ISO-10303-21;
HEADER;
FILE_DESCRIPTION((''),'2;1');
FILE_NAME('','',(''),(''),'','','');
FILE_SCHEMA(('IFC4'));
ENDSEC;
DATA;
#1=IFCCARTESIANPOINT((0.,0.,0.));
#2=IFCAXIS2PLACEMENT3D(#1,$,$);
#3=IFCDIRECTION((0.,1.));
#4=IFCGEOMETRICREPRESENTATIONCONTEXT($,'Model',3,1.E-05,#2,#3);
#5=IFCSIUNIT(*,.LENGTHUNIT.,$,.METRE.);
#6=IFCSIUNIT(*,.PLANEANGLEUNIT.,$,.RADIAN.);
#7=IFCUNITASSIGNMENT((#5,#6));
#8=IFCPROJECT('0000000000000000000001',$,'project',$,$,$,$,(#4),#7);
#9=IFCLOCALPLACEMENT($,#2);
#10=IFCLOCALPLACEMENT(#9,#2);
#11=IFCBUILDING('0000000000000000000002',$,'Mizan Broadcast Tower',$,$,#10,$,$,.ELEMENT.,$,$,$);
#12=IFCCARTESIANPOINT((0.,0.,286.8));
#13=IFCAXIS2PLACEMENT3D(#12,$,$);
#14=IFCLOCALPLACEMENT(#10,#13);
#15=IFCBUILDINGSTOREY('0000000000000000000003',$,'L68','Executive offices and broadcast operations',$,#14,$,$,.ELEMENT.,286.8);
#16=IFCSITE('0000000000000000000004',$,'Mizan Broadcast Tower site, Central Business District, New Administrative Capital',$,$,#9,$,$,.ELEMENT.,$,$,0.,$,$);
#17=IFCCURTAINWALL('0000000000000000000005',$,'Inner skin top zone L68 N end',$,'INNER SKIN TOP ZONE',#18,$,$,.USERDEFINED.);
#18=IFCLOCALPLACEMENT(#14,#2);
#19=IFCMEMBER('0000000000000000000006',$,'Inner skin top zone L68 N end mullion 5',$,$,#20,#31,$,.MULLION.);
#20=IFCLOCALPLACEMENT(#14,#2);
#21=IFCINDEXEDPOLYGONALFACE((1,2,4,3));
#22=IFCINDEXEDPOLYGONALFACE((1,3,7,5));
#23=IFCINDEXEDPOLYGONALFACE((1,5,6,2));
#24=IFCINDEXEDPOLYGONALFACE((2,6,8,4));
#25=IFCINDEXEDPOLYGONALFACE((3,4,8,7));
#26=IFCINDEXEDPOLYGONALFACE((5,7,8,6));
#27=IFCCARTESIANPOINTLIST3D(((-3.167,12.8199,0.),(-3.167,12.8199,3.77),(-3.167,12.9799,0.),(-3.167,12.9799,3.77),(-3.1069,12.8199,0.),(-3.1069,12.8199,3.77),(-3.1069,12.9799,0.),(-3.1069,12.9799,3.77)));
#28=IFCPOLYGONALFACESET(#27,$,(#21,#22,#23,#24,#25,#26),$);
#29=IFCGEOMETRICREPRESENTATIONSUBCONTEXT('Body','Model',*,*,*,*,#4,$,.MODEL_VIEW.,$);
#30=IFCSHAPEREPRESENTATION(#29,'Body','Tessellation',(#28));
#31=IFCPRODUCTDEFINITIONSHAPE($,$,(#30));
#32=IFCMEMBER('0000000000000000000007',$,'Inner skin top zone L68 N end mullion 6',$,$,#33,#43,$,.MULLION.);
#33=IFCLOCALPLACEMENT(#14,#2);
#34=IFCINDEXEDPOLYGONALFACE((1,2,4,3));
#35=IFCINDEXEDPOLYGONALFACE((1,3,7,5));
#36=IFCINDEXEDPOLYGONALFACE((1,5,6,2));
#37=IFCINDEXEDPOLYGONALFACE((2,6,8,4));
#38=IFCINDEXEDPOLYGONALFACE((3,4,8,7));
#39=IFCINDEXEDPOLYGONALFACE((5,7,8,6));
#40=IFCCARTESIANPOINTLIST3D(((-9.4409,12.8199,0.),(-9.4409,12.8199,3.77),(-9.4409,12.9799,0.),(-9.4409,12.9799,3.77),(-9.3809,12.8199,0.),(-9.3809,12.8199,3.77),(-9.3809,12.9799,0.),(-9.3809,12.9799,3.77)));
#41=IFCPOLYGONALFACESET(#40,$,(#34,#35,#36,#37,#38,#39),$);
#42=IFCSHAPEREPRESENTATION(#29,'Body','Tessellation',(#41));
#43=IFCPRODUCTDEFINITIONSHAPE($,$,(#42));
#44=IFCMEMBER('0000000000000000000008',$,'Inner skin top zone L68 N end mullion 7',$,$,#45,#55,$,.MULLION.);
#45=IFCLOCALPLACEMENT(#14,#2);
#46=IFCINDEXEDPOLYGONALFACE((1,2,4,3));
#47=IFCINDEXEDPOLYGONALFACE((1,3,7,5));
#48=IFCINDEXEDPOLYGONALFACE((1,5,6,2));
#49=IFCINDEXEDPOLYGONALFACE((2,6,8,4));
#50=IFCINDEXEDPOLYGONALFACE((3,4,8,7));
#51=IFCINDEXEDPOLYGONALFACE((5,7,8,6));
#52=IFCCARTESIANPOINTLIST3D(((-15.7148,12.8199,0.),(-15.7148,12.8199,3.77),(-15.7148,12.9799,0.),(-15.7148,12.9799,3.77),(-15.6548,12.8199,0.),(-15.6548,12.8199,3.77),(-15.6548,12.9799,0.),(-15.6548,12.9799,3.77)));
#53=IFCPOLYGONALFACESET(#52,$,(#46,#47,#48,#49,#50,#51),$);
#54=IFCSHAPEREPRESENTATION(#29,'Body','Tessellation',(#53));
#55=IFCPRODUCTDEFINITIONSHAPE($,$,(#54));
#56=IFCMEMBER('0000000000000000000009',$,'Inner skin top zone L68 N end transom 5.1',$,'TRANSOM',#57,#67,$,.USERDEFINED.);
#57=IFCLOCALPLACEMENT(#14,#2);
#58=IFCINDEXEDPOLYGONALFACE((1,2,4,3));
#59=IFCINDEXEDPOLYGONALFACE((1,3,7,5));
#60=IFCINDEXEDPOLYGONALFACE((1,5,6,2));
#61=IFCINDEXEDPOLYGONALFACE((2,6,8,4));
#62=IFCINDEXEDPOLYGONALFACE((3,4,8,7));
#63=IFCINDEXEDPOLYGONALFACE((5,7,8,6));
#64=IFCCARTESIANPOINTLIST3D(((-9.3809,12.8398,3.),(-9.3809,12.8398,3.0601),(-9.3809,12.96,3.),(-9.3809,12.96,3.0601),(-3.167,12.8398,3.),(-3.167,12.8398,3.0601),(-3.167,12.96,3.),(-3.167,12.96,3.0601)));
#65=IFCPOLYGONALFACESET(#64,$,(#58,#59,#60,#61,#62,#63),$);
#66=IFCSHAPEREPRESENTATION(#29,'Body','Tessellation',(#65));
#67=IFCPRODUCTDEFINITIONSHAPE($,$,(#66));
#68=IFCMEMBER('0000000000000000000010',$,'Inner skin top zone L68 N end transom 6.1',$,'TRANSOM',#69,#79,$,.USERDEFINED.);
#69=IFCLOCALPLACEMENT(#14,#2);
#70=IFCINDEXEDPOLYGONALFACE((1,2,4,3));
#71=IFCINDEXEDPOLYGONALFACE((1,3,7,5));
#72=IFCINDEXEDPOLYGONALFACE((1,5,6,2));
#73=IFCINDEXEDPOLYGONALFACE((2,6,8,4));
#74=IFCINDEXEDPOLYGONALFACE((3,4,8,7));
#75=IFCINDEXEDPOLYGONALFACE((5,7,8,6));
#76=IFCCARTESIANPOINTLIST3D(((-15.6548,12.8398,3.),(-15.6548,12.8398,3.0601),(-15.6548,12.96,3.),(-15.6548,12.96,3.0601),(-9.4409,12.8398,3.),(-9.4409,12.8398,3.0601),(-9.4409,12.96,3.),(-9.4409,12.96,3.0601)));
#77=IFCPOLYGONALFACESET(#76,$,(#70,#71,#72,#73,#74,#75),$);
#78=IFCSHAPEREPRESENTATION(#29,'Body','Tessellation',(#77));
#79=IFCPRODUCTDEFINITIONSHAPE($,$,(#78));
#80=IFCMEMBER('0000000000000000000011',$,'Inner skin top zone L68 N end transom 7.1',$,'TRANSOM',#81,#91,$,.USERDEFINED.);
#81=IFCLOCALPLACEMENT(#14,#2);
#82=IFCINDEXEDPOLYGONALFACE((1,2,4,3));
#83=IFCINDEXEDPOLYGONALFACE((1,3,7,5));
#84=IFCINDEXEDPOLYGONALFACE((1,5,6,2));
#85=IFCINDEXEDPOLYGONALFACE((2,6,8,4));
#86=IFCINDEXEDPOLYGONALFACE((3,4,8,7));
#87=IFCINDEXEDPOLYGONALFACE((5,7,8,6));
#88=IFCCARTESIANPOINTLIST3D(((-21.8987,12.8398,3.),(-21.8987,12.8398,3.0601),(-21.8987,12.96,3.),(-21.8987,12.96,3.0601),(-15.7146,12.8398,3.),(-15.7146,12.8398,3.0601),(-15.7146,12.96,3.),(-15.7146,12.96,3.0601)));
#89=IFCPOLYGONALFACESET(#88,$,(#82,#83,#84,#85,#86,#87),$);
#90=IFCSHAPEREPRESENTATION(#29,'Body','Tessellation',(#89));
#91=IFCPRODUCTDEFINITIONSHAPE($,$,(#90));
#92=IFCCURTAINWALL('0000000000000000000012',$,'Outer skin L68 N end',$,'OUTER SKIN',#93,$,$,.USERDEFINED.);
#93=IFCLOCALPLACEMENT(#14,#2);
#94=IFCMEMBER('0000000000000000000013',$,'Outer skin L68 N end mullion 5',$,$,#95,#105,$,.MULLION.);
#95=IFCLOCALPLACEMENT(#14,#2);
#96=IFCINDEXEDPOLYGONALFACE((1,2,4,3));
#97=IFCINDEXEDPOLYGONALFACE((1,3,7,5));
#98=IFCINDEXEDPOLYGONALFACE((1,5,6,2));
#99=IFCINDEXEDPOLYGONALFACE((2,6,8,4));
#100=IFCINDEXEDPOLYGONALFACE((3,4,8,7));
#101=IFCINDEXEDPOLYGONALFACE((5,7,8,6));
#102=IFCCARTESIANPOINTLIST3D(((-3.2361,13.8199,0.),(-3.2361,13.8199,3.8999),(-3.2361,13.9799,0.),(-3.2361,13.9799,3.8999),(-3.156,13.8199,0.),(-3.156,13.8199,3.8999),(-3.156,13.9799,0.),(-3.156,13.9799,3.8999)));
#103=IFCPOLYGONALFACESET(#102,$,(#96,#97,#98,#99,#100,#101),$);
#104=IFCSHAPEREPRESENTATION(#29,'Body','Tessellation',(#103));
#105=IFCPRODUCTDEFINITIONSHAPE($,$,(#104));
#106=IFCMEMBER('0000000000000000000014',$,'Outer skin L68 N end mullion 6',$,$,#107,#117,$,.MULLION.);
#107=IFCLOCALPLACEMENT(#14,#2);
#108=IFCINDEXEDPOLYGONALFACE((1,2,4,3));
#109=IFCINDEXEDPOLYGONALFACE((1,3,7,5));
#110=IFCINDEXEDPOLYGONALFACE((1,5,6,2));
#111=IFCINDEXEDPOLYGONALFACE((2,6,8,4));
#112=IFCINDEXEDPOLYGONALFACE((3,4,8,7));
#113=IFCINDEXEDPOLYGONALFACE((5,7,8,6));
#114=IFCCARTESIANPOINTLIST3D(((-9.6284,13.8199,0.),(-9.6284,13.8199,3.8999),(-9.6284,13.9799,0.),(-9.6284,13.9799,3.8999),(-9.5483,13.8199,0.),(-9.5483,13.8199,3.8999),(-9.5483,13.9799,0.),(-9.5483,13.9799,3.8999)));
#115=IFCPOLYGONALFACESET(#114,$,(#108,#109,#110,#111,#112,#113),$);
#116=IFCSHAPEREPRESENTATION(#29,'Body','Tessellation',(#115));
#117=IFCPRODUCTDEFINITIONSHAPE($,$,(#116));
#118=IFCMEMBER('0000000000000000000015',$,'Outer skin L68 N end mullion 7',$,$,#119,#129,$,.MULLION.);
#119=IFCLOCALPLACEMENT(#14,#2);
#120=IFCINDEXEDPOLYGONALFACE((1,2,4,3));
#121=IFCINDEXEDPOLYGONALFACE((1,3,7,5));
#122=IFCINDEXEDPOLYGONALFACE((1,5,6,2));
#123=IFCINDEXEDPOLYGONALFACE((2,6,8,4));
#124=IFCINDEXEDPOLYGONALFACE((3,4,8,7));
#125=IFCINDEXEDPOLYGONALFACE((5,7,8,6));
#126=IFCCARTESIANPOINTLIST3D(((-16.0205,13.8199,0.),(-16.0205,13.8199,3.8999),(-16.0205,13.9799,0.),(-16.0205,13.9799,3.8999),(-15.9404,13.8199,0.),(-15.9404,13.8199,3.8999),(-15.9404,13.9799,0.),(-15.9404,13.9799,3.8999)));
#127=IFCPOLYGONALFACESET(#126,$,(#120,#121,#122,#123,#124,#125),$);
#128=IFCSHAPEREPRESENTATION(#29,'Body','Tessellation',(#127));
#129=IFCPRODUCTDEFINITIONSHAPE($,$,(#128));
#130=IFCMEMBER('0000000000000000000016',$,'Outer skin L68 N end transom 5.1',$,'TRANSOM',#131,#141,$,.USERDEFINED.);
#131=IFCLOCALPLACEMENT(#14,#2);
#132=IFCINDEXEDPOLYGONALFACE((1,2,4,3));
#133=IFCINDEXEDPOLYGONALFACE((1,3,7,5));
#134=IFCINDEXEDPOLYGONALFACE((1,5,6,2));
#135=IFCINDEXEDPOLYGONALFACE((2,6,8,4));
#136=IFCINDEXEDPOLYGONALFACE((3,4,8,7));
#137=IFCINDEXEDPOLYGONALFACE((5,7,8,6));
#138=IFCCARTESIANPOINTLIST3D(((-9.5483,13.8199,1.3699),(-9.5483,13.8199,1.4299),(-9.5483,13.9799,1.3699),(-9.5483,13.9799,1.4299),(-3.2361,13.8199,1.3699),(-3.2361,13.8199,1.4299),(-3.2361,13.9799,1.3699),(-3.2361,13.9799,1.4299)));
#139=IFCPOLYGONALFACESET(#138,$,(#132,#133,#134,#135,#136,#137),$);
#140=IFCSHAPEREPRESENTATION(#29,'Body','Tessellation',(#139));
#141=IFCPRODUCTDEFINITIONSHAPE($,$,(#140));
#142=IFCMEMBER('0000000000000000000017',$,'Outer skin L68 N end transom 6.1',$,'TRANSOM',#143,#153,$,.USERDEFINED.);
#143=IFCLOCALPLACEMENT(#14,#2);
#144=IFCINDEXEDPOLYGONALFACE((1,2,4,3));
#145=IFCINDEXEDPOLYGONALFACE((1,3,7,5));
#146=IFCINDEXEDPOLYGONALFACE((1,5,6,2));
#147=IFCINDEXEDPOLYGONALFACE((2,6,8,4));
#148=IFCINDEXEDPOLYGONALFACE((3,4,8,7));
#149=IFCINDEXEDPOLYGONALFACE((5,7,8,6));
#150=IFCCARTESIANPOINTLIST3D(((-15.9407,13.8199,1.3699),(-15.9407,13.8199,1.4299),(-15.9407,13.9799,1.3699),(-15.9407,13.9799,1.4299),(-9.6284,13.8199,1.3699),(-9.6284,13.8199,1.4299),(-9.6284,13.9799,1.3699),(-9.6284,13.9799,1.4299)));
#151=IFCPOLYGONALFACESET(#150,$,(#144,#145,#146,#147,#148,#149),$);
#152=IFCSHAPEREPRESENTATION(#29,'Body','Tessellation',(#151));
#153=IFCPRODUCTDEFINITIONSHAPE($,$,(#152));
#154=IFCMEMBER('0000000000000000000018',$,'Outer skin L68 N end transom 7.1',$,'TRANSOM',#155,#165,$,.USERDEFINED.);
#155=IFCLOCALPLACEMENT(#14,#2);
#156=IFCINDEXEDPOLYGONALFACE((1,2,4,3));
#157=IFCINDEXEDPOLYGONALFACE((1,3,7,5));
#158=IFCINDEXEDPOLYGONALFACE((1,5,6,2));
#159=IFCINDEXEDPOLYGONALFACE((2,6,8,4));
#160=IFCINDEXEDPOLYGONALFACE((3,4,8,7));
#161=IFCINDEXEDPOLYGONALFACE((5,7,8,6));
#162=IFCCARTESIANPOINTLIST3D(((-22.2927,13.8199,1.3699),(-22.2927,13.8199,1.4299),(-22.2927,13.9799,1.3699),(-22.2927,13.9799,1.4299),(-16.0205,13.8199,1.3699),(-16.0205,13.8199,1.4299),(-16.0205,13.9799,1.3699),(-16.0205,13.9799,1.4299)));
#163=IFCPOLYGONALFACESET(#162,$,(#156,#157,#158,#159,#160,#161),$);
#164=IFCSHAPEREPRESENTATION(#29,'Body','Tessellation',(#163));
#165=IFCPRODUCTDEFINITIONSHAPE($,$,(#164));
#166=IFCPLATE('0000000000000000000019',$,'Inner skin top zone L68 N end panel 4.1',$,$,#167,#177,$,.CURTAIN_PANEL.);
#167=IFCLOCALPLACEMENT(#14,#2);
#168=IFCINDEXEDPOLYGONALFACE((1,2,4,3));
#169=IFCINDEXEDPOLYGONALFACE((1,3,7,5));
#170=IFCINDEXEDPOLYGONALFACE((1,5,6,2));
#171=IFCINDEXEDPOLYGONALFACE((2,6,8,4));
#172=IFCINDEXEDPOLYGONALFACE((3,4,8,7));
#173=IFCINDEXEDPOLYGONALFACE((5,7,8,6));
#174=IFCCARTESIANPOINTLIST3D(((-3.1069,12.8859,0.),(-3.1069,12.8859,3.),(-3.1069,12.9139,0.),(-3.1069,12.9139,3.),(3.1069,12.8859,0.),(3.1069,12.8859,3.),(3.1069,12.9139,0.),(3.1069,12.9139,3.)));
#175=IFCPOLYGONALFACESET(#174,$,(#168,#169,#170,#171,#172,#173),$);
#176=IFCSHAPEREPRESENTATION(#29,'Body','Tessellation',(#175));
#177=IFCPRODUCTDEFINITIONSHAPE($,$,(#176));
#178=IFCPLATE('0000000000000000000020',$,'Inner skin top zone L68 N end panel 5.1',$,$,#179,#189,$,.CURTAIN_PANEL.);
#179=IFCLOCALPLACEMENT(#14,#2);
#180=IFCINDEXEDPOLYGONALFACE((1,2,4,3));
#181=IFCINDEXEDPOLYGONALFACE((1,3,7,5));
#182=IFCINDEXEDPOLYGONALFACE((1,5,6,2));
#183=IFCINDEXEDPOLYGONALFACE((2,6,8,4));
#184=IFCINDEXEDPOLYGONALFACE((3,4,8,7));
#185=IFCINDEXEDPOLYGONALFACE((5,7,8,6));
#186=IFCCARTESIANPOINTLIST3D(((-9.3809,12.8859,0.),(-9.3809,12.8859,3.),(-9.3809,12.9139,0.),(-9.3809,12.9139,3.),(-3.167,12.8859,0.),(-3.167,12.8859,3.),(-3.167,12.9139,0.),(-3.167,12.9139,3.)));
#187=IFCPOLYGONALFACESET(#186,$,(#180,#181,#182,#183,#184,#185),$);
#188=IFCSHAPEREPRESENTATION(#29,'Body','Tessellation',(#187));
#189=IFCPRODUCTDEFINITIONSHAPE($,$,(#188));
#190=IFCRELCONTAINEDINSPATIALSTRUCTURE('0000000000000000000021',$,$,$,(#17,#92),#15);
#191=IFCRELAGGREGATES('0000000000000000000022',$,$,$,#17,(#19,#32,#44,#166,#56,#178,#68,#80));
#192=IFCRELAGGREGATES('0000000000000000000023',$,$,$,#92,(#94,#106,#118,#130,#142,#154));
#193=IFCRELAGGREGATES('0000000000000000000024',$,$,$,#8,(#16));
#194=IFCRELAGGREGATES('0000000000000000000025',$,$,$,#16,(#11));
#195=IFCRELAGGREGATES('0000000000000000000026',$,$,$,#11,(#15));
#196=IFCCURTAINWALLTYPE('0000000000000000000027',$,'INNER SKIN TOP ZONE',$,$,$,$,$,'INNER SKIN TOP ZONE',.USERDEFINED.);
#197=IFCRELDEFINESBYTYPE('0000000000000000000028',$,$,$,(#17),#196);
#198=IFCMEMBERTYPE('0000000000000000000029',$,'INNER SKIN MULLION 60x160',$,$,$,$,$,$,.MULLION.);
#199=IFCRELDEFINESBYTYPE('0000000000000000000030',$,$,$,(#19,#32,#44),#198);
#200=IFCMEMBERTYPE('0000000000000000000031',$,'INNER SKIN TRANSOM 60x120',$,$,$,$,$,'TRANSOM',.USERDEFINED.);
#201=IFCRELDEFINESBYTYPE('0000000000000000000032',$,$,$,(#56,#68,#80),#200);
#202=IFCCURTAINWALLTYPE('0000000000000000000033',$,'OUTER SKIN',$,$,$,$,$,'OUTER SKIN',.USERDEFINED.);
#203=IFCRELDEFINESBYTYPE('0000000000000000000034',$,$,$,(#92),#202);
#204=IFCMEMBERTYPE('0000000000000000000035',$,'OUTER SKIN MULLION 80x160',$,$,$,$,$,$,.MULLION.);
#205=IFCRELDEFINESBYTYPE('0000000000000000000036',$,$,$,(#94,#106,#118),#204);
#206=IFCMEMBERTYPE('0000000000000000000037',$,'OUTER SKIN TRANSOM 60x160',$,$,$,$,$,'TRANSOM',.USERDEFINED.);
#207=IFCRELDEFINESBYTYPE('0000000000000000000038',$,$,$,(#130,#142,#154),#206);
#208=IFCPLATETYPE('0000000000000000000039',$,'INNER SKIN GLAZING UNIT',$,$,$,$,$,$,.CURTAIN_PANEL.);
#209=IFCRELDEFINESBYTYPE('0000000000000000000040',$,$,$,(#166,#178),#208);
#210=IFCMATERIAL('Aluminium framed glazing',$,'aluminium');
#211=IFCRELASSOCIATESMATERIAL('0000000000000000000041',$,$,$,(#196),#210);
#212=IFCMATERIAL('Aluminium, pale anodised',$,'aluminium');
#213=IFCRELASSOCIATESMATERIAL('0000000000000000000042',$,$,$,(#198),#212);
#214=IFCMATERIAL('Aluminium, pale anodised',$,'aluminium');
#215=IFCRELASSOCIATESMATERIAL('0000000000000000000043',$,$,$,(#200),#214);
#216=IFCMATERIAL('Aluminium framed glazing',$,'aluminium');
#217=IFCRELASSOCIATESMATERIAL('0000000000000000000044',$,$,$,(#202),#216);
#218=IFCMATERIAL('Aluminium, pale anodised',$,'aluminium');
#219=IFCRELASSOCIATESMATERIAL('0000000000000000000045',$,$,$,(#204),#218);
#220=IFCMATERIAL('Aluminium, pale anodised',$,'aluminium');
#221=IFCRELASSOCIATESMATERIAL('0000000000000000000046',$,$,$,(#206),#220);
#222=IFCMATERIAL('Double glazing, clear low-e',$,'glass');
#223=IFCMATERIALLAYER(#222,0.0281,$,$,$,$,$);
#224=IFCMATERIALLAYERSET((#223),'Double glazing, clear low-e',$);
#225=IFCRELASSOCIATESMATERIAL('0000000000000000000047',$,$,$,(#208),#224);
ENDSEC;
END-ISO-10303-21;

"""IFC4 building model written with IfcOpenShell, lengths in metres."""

from ifc_helpers import new_model, si_unit, direction, frame, origin, origin_2d, place, context, subcontext, project, spatial, rectangle, extrude, material, layer, layer_set, material_profile, profile_set, type_object, element, aggregate, save


model = new_model("IFC4")

# Units and contexts
model_context = context("Model", 3, precision=1e-05, world=origin(), true_north=direction((0.0, 1.0)))
body_context = subcontext(model_context, "Body", "Model", "MODEL_VIEW")
ifc_project = project(units=[si_unit("LENGTHUNIT", "METRE"), si_unit("PLANEANGLEUNIT", "RADIAN")], contexts=[model_context])

# Site, building, storey
site_placement = place(None, origin())
site = spatial("IfcSite", under=ifc_project, at=site_placement, Name="Mizan Broadcast Tower site, Central Business District, New Administrative Capital", CompositionType="ELEMENT", RefElevation=0.0)
building_placement = place(site_placement, origin())
building = spatial("IfcBuilding", under=site, at=building_placement, Name="Mizan Broadcast Tower", CompositionType="ELEMENT")
storey_placement = place(building_placement, frame((0.0, 0.0, 286.8)))
storey = spatial("IfcBuildingStorey", under=building, at=storey_placement, Name="L68", Description="Executive offices and broadcast operations", CompositionType="ELEMENT", Elevation=286.8)

# Curtain walls, members
ifc_material_1 = material(Name="Aluminium framed glazing", Category="aluminium")
curtain_wall_type_1 = type_object("IfcCurtainWallType", Name="INNER SKIN TOP ZONE", ElementType="INNER SKIN TOP ZONE", PredefinedType="USERDEFINED", material=ifc_material_1)
curtain_wall_1_placement = place(storey_placement, origin())
curtain_wall_1 = element("IfcCurtainWall", 1, at=curtain_wall_1_placement, inside=storey, type_object=curtain_wall_type_1, Name="Inner skin top zone L68 N end", ObjectType="INNER SKIN TOP ZONE", PredefinedType="USERDEFINED")
ifc_material_2 = material(Name="Aluminium, pale anodised", Category="aluminium")
ifc_material_profile_1 = material_profile(ifc_material_2, rectangle(XDim=0.1599, YDim=0.0601, at=origin_2d()), Name="MULLION 160x60")
ifc_profile_set_1 = profile_set([ifc_material_profile_1], Name="Aluminium, pale anodised")
member_type_1 = type_object("IfcMemberType", Name="INNER SKIN MULLION 60x160", PredefinedType="MULLION", material=ifc_profile_set_1)
member_1_placement = place(storey_placement, frame((-3.137, 12.8999, 0.0), z_axis=(0.0, 0.0, 1.0), x_axis=(0.0, -1.0, 0.0)))
member_1 = element("IfcMember", 2, at=member_1_placement, type_object=member_type_1, Name="Inner skin top zone L68 N end mullion 5", PredefinedType="MULLION", context=body_context, shape_type="SweptSolid", body=[
    extrude(rectangle(XDim=0.1599, YDim=0.0601, at=origin_2d()), origin(), (0.0, 0.0, 1.0), 3.77),
])
member_2_placement = place(storey_placement, frame((-9.4109, 12.8999, 0.0), z_axis=(0.0, 0.0, 1.0), x_axis=(0.0, -1.0, 0.0)))
member_2 = element("IfcMember", 3, at=member_2_placement, type_object=member_type_1, Name="Inner skin top zone L68 N end mullion 6", PredefinedType="MULLION", context=body_context, shape_type="SweptSolid", body=[
    extrude(rectangle(XDim=0.1599, YDim=0.0601, at=origin_2d()), origin(), (0.0, 0.0, 1.0), 3.77),
])
member_3_placement = place(storey_placement, frame((-15.6848, 12.8999, 0.0), z_axis=(0.0, 0.0, 1.0), x_axis=(0.0, -1.0, 0.0)))
member_3 = element("IfcMember", 4, at=member_3_placement, type_object=member_type_1, Name="Inner skin top zone L68 N end mullion 7", PredefinedType="MULLION", context=body_context, shape_type="SweptSolid", body=[
    extrude(rectangle(XDim=0.1599, YDim=0.0601, at=origin_2d()), origin(), (0.0, 0.0, 1.0), 3.77),
])
ifc_material_3 = material(Name="Aluminium, pale anodised", Category="aluminium")
ifc_material_profile_2 = material_profile(ifc_material_3, rectangle(XDim=0.1201, YDim=0.0601, at=origin_2d()), Name="TRANSOM 120x60")
ifc_profile_set_2 = profile_set([ifc_material_profile_2], Name="Aluminium, pale anodised")
member_type_2 = type_object("IfcMemberType", Name="INNER SKIN TRANSOM 60x120", ElementType="TRANSOM", PredefinedType="USERDEFINED", material=ifc_profile_set_2)
member_4_placement = place(storey_placement, frame((-3.167, 12.8999, 3.03), z_axis=(-1.0, 0.0, 0.0), x_axis=(0.0, -1.0, 0.0)))
member_4 = element("IfcMember", 5, at=member_4_placement, type_object=member_type_2, Name="Inner skin top zone L68 N end transom 5.1", ObjectType="TRANSOM", PredefinedType="USERDEFINED", context=body_context, shape_type="SweptSolid", body=[
    extrude(rectangle(XDim=0.1201, YDim=0.0601, at=origin_2d()), origin(), (0.0, 0.0, 1.0), 6.2139),
])
member_5_placement = place(storey_placement, frame((-9.4409, 12.8999, 3.03), z_axis=(-1.0, 0.0, 0.0), x_axis=(0.0, -1.0, 0.0)))
member_5 = element("IfcMember", 6, at=member_5_placement, type_object=member_type_2, Name="Inner skin top zone L68 N end transom 6.1", ObjectType="TRANSOM", PredefinedType="USERDEFINED", context=body_context, shape_type="SweptSolid", body=[
    extrude(rectangle(XDim=0.1201, YDim=0.0601, at=origin_2d()), origin(), (0.0, 0.0, 1.0), 6.2139),
])
member_6_placement = place(storey_placement, frame((-15.7146, 12.8999, 3.03), z_axis=(-1.0, 0.0, 0.0), x_axis=(0.0, -1.0, 0.0)))
member_6 = element("IfcMember", 7, at=member_6_placement, type_object=member_type_2, Name="Inner skin top zone L68 N end transom 7.1", ObjectType="TRANSOM", PredefinedType="USERDEFINED", context=body_context, shape_type="SweptSolid", body=[
    extrude(rectangle(XDim=0.1201, YDim=0.0601, at=origin_2d()), origin(), (0.0, 0.0, 1.0), 6.1841),
])
ifc_material_4 = material(Name="Aluminium framed glazing", Category="aluminium")
curtain_wall_type_2 = type_object("IfcCurtainWallType", Name="OUTER SKIN", ElementType="OUTER SKIN", PredefinedType="USERDEFINED", material=ifc_material_4)
curtain_wall_2_placement = place(storey_placement, origin())
curtain_wall_2 = element("IfcCurtainWall", 8, at=curtain_wall_2_placement, inside=storey, type_object=curtain_wall_type_2, Name="Outer skin L68 N end", ObjectType="OUTER SKIN", PredefinedType="USERDEFINED")
ifc_material_5 = material(Name="Aluminium, pale anodised", Category="aluminium")
ifc_material_profile_3 = material_profile(ifc_material_5, rectangle(XDim=0.1599, YDim=0.0801, at=origin_2d()), Name="MULLION 160x80")
ifc_profile_set_3 = profile_set([ifc_material_profile_3], Name="Aluminium, pale anodised")
member_type_3 = type_object("IfcMemberType", Name="OUTER SKIN MULLION 80x160", PredefinedType="MULLION", material=ifc_profile_set_3)
member_7_placement = place(storey_placement, frame((-3.196, 13.8999, 0.0), z_axis=(0.0, 0.0, 1.0), x_axis=(0.0, -1.0, 0.0)))
member_7 = element("IfcMember", 9, at=member_7_placement, type_object=member_type_3, Name="Outer skin L68 N end mullion 5", PredefinedType="MULLION", context=body_context, shape_type="SweptSolid", body=[
    extrude(rectangle(XDim=0.1599, YDim=0.0801, at=origin_2d()), origin(), (0.0, 0.0, 1.0), 3.8999),
])
member_8_placement = place(storey_placement, frame((-9.5884, 13.8999, 0.0), z_axis=(0.0, 0.0, 1.0), x_axis=(0.0, -1.0, 0.0)))
member_8 = element("IfcMember", 10, at=member_8_placement, type_object=member_type_3, Name="Outer skin L68 N end mullion 6", PredefinedType="MULLION", context=body_context, shape_type="SweptSolid", body=[
    extrude(rectangle(XDim=0.1599, YDim=0.0801, at=origin_2d()), origin(), (0.0, 0.0, 1.0), 3.8999),
])
member_9_placement = place(storey_placement, frame((-15.9805, 13.8999, 0.0), z_axis=(0.0, 0.0, 1.0), x_axis=(0.0, -1.0, 0.0)))
member_9 = element("IfcMember", 11, at=member_9_placement, type_object=member_type_3, Name="Outer skin L68 N end mullion 7", PredefinedType="MULLION", context=body_context, shape_type="SweptSolid", body=[
    extrude(rectangle(XDim=0.1599, YDim=0.0801, at=origin_2d()), origin(), (0.0, 0.0, 1.0), 3.8999),
])
ifc_material_6 = material(Name="Aluminium, pale anodised", Category="aluminium")
ifc_material_profile_4 = material_profile(ifc_material_6, rectangle(XDim=0.1599, YDim=0.0601, at=origin_2d()), Name="TRANSOM 160x60")
ifc_profile_set_4 = profile_set([ifc_material_profile_4], Name="Aluminium, pale anodised")
member_type_4 = type_object("IfcMemberType", Name="OUTER SKIN TRANSOM 60x160", ElementType="TRANSOM", PredefinedType="USERDEFINED", material=ifc_profile_set_4)
member_10_placement = place(storey_placement, frame((-3.2361, 13.8999, 1.3999), z_axis=(-1.0, 0.0, 0.0), x_axis=(0.0, -1.0, 0.0)))
member_10 = element("IfcMember", 12, at=member_10_placement, type_object=member_type_4, Name="Outer skin L68 N end transom 5.1", ObjectType="TRANSOM", PredefinedType="USERDEFINED", context=body_context, shape_type="SweptSolid", body=[
    extrude(rectangle(XDim=0.1599, YDim=0.0601, at=origin_2d()), origin(), (0.0, 0.0, 1.0), 6.3123),
])
member_11_placement = place(storey_placement, frame((-9.6284, 13.8999, 1.3999), z_axis=(-1.0, 0.0, 0.0), x_axis=(0.0, -1.0, 0.0)))
member_11 = element("IfcMember", 13, at=member_11_placement, type_object=member_type_4, Name="Outer skin L68 N end transom 6.1", ObjectType="TRANSOM", PredefinedType="USERDEFINED", context=body_context, shape_type="SweptSolid", body=[
    extrude(rectangle(XDim=0.1599, YDim=0.0601, at=origin_2d()), origin(), (0.0, 0.0, 1.0), 6.3123),
])
member_12_placement = place(storey_placement, frame((-16.0205, 13.8999, 1.3999), z_axis=(-1.0, 0.0, 0.0), x_axis=(0.0, -1.0, 0.0)))
member_12 = element("IfcMember", 14, at=member_12_placement, type_object=member_type_4, Name="Outer skin L68 N end transom 7.1", ObjectType="TRANSOM", PredefinedType="USERDEFINED", context=body_context, shape_type="SweptSolid", body=[
    extrude(rectangle(XDim=0.1599, YDim=0.0601, at=origin_2d()), origin(), (0.0, 0.0, 1.0), 6.2722),
])

# Plates
ifc_material_7 = material(Name="Double glazing, clear low-e", Category="glass")
ifc_layer_1 = layer(ifc_material_7, 0.0281)
ifc_layer_set_1 = layer_set([ifc_layer_1], Name="Double glazing, clear low-e")
plate_type_1 = type_object("IfcPlateType", Name="INNER SKIN GLAZING UNIT", PredefinedType="CURTAIN_PANEL", material=ifc_layer_set_1)
plate_1_placement = place(storey_placement, frame((0.0, 12.8999, 0.0), z_axis=(0.0, 0.0, 1.0), x_axis=(-1.0, 0.0, 0.0)))
plate_1 = element("IfcPlate", 15, at=plate_1_placement, type_object=plate_type_1, Name="Inner skin top zone L68 N end panel 4.1", PredefinedType="CURTAIN_PANEL", context=body_context, shape_type="SweptSolid", body=[
    extrude(rectangle(XDim=6.2139, YDim=0.0281, at=origin_2d()), origin(), (0.0, 0.0, 1.0), 3.0),
])
plate_2_placement = place(storey_placement, frame((-6.2739, 12.8999, 0.0), z_axis=(0.0, 0.0, 1.0), x_axis=(-1.0, 0.0, 0.0)))
plate_2 = element("IfcPlate", 16, at=plate_2_placement, type_object=plate_type_1, Name="Inner skin top zone L68 N end panel 5.1", PredefinedType="CURTAIN_PANEL", context=body_context, shape_type="SweptSolid", body=[
    extrude(rectangle(XDim=6.2139, YDim=0.0281, at=origin_2d()), origin(), (0.0, 0.0, 1.0), 3.0),
])
aggregate(curtain_wall_1, [member_1, member_2, member_3, plate_1, member_4, plate_2, member_5, member_6])
aggregate(curtain_wall_2, [member_7, member_8, member_9, member_10, member_11, member_12])

save(model, "model.ifc")
